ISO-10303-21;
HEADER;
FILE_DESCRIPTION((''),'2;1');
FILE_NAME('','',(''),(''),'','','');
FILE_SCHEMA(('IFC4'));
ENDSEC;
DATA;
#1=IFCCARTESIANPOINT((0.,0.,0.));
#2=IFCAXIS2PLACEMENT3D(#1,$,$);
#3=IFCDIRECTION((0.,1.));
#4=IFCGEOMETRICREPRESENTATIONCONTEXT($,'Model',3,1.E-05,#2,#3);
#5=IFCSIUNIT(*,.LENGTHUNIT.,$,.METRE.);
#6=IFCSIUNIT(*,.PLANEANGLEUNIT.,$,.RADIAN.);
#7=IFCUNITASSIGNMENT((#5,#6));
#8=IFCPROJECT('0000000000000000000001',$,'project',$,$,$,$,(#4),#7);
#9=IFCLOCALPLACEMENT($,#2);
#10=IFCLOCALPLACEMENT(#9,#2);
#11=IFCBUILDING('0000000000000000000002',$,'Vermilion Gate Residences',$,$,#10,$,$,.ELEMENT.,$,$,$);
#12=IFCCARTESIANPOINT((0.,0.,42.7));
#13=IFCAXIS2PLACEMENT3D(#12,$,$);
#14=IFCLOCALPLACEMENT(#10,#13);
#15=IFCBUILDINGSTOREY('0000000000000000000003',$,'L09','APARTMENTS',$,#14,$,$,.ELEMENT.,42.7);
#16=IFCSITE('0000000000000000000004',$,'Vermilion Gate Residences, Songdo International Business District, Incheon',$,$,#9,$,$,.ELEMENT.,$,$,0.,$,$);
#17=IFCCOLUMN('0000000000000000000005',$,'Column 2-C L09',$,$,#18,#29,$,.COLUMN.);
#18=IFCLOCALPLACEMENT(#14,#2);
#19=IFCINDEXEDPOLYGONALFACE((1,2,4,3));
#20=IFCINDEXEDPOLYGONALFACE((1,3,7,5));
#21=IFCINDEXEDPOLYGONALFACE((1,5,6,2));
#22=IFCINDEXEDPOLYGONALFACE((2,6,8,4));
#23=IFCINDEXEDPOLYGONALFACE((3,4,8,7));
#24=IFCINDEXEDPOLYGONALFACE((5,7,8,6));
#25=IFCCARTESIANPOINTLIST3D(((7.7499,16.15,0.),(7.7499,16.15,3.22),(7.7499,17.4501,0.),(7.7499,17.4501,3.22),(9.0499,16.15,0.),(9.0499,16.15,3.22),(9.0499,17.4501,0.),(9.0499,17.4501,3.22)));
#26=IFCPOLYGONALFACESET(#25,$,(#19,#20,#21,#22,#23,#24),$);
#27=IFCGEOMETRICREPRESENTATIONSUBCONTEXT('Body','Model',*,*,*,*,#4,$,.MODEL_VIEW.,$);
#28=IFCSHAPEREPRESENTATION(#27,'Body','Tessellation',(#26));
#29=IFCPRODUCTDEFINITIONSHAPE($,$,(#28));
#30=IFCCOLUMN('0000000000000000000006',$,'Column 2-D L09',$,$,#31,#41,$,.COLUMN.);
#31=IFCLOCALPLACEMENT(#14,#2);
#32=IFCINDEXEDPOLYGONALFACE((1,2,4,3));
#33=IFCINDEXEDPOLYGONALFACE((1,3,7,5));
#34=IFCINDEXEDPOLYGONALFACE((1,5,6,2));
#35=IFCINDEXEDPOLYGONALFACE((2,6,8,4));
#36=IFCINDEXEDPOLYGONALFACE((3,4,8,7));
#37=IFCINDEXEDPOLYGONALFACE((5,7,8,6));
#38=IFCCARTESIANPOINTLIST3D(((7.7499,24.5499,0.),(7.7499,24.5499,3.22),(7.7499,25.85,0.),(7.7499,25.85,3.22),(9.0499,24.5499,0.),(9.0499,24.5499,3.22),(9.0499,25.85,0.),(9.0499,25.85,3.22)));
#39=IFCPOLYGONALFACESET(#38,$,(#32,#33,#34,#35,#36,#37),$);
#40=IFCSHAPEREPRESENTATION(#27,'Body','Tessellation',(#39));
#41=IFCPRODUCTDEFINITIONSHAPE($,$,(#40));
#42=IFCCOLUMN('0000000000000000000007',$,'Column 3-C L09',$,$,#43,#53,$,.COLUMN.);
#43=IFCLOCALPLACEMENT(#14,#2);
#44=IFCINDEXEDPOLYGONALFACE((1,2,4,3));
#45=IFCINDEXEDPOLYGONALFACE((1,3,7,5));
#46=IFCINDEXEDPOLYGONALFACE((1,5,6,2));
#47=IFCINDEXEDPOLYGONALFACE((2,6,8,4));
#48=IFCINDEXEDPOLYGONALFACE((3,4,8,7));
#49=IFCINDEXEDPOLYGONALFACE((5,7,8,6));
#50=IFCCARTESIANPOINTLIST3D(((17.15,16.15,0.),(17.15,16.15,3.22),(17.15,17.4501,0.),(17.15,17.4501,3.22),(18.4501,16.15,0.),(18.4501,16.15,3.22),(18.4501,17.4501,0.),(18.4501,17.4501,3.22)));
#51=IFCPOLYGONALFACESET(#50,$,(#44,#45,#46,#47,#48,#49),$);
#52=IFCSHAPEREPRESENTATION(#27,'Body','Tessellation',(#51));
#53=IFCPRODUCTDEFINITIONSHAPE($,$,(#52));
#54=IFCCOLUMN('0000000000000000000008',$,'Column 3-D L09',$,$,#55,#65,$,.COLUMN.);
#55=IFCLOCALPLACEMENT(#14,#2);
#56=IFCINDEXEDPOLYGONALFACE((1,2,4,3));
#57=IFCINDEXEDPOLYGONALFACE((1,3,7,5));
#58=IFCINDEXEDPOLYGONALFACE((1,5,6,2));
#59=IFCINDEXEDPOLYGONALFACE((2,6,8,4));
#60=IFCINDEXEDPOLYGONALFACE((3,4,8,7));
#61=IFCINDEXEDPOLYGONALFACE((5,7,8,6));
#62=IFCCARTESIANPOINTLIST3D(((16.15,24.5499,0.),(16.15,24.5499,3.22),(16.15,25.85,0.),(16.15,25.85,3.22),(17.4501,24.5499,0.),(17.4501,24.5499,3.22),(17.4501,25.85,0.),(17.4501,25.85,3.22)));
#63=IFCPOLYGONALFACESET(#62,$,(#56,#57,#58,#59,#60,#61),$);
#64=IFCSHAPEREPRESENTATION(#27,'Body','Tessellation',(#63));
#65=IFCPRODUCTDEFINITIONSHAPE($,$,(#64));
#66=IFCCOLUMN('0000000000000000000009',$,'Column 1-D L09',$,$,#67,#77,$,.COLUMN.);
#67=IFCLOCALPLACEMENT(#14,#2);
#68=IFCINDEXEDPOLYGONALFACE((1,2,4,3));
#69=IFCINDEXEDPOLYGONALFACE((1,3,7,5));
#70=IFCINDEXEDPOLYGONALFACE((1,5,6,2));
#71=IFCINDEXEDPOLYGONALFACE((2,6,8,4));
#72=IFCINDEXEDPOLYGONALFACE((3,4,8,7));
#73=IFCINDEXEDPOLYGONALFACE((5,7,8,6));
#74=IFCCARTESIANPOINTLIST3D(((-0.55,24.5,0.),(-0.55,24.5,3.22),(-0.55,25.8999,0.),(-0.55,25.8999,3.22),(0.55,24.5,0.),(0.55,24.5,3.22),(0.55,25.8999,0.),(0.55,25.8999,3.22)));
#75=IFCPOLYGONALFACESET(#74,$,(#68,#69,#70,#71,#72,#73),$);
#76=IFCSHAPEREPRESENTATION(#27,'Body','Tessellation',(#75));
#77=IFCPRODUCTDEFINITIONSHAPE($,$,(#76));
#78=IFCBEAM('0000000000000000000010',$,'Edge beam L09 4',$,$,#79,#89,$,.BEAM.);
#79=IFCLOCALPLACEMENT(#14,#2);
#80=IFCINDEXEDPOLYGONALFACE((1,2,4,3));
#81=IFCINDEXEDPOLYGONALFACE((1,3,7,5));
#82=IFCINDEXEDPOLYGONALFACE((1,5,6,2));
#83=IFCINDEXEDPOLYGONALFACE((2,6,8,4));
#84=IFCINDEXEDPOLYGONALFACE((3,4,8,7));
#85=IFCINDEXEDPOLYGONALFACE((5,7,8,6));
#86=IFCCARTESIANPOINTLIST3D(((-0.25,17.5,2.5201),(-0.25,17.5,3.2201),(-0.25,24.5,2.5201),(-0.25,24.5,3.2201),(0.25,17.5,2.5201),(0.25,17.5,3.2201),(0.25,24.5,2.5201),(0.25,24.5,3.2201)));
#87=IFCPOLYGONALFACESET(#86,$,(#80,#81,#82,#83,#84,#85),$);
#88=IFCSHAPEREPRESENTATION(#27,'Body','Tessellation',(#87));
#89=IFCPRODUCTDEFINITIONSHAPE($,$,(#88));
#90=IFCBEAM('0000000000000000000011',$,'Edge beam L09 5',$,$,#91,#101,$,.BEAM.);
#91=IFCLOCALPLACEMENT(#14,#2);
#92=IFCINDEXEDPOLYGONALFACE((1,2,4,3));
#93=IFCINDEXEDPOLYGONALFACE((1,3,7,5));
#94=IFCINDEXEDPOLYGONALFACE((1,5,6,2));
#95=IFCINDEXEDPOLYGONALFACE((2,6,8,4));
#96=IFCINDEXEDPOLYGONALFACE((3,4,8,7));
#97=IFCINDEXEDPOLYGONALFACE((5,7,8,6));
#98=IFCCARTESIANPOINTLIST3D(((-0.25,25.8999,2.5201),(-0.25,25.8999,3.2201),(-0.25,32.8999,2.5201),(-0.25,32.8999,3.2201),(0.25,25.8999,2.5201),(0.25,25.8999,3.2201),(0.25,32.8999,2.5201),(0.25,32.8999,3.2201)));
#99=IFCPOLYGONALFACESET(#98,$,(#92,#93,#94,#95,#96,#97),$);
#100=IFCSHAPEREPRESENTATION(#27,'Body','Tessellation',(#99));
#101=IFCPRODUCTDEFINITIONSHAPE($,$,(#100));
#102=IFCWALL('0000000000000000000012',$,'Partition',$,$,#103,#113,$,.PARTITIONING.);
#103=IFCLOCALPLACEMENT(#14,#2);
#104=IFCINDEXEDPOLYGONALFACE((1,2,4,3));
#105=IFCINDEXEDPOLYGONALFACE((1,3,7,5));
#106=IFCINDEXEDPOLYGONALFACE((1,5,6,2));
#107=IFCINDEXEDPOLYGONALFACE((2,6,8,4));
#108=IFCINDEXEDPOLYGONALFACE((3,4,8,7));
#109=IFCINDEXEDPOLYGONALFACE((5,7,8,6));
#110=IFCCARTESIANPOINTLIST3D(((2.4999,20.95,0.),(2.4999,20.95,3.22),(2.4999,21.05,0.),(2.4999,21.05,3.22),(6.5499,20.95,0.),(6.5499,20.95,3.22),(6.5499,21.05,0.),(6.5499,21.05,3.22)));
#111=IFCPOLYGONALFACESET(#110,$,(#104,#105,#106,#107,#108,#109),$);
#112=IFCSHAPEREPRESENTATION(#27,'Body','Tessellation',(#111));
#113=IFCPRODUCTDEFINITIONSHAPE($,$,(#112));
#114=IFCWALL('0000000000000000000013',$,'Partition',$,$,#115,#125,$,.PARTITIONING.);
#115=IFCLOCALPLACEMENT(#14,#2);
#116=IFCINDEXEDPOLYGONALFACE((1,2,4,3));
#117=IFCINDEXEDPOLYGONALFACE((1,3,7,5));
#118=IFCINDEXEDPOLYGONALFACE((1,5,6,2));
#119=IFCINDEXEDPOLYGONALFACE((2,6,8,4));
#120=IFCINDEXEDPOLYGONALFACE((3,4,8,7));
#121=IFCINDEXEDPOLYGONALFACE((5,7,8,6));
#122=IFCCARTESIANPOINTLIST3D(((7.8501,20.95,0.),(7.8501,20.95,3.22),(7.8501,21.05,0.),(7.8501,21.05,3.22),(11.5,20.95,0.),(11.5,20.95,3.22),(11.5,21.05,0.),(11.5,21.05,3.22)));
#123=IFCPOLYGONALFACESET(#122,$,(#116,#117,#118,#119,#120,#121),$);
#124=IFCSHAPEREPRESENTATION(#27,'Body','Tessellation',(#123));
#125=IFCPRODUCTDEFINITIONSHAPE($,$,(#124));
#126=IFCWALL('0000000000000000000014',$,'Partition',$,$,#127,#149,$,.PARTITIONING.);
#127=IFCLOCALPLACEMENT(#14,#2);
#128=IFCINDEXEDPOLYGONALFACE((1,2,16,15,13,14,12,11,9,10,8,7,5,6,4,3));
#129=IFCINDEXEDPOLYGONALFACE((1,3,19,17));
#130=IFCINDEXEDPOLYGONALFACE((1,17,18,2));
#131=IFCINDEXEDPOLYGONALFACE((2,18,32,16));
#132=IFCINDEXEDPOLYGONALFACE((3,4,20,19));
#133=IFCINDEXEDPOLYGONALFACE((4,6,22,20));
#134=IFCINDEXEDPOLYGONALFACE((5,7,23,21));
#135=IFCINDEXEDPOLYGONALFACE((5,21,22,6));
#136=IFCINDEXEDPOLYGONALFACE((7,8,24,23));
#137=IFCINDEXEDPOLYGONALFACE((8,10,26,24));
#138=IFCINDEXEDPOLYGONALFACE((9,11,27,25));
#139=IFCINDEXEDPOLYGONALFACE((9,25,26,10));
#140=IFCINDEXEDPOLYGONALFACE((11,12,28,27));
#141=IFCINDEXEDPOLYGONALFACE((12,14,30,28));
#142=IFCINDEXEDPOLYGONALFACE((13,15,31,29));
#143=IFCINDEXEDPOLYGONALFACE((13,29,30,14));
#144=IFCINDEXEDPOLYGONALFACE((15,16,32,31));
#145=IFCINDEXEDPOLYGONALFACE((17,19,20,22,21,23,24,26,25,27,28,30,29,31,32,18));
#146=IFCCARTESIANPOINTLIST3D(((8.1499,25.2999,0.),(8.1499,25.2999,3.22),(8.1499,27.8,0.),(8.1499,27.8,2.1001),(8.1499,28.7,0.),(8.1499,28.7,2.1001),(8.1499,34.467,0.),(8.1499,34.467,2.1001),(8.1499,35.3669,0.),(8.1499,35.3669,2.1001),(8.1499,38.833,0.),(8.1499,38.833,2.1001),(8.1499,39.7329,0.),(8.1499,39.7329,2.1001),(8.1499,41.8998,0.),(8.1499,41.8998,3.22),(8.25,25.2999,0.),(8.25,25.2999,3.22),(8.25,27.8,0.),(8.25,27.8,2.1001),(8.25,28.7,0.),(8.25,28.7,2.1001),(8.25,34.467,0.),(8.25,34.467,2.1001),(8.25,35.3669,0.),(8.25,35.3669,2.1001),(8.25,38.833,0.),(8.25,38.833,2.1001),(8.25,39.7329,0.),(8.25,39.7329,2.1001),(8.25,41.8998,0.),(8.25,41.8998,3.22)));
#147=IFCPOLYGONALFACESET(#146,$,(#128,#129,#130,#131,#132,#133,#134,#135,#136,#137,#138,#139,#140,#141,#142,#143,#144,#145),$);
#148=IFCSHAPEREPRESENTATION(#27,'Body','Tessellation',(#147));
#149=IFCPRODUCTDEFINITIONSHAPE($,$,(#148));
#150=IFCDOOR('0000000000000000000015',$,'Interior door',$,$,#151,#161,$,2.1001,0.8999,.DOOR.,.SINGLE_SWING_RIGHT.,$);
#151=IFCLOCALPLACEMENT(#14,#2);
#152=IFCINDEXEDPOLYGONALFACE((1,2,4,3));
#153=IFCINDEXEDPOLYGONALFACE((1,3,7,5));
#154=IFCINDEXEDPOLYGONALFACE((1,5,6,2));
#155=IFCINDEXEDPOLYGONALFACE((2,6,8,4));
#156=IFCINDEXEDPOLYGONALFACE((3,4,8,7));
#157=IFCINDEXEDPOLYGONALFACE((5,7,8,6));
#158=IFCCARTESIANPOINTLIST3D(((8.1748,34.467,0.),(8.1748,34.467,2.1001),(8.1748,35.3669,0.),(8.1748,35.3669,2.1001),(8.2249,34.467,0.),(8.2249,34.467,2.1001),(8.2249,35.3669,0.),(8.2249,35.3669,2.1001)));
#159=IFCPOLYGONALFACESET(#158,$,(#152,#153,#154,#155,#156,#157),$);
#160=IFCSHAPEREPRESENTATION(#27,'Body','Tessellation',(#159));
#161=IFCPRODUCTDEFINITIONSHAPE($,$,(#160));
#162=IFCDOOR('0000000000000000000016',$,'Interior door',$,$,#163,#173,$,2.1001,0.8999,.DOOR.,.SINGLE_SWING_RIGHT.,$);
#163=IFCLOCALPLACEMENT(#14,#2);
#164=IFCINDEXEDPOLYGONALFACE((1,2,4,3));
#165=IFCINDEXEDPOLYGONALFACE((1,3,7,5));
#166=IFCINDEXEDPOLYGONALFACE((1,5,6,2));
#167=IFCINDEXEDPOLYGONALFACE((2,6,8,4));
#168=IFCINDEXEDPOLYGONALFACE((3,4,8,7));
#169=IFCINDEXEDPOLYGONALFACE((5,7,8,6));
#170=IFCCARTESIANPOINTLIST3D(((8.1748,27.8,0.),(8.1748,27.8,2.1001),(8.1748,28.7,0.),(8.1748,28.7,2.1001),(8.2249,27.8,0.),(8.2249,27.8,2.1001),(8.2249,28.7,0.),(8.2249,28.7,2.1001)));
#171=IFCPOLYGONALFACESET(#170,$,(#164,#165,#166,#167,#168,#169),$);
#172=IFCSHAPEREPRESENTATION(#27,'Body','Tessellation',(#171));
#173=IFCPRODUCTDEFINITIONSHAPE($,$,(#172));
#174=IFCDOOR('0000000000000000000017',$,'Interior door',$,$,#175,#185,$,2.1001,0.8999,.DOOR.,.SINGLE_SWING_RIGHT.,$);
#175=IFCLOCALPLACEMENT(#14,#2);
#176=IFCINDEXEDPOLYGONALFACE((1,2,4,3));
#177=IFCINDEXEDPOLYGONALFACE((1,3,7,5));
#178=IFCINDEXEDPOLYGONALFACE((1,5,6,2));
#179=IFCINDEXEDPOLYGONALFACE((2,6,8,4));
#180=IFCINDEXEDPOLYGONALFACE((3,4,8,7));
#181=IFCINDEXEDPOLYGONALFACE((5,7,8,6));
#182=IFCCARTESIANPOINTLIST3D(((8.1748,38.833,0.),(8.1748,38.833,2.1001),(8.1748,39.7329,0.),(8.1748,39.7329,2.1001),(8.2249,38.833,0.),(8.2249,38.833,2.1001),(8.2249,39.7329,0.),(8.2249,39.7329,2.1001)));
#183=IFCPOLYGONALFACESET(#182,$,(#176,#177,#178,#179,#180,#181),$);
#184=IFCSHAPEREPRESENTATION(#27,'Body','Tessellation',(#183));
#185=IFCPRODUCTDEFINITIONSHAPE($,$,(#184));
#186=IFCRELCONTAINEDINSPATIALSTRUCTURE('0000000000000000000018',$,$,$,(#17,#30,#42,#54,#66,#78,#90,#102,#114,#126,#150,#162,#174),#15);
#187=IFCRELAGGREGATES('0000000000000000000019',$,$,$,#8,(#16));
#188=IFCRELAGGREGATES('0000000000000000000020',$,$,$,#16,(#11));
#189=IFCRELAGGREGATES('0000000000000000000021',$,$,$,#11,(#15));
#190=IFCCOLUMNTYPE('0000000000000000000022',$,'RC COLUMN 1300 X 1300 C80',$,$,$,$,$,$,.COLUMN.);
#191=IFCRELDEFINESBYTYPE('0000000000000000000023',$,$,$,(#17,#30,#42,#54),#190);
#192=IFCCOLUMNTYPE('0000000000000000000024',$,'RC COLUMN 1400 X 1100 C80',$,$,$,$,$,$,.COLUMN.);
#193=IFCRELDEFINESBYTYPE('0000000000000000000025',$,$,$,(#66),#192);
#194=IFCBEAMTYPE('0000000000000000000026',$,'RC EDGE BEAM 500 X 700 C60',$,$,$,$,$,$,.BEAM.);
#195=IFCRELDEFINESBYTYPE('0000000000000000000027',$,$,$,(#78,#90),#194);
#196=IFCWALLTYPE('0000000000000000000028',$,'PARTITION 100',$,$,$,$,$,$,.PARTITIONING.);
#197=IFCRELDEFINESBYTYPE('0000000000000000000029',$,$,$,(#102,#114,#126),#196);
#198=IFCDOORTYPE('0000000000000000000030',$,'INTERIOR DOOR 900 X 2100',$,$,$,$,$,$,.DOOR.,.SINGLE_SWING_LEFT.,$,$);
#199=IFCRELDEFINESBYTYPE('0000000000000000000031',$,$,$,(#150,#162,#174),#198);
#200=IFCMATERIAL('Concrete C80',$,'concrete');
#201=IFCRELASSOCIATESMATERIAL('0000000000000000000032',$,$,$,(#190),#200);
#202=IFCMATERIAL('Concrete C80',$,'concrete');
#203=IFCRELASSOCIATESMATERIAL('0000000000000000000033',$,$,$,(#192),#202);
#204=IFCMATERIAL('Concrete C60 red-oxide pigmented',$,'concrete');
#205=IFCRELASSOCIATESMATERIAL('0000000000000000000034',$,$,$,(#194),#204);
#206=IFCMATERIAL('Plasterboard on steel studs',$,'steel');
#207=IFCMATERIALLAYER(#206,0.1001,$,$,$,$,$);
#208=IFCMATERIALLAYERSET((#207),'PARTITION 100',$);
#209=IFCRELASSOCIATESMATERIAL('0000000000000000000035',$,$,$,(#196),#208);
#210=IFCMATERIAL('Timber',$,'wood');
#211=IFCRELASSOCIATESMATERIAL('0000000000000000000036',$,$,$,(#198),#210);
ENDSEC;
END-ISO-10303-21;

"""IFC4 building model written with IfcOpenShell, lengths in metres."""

from ifc_helpers import new_model, si_unit, direction, frame, frame_2d, origin, origin_2d, place, context, subcontext, project, spatial, rectangle, extrude, material, layer, layer_set, material_profile, profile_set, type_object, element, fill, save


model = new_model("IFC4")

# Units and contexts
model_context = context("Model", 3, precision=1e-05, world=origin(), true_north=direction((0.0, 1.0)))
body_context = subcontext(model_context, "Body", "Model", "MODEL_VIEW")
ifc_project = project(units=[si_unit("LENGTHUNIT", "METRE"), si_unit("PLANEANGLEUNIT", "RADIAN")], contexts=[model_context])

# Site, building, storey
site_placement = place(None, origin())
site = spatial("IfcSite", under=ifc_project, at=site_placement, Name="Vermilion Gate Residences, Songdo International Business District, Incheon", CompositionType="ELEMENT", RefElevation=0.0)
building_placement = place(site_placement, origin())
building = spatial("IfcBuilding", under=site, at=building_placement, Name="Vermilion Gate Residences", CompositionType="ELEMENT")
storey_placement = place(building_placement, frame((0.0, 0.0, 42.7)))
storey = spatial("IfcBuildingStorey", under=building, at=storey_placement, Name="L09", Description="APARTMENTS", CompositionType="ELEMENT", Elevation=42.7)

# Columns
ifc_material_1 = material(Name="Concrete C80", Category="concrete")
ifc_material_profile_1 = material_profile(ifc_material_1, rectangle(XDim=1.3, YDim=1.3, at=origin_2d()), Name="RC-1300x1300")
ifc_profile_set_1 = profile_set([ifc_material_profile_1], Name="Concrete C80")
column_type_1 = type_object("IfcColumnType", Name="RC COLUMN 1300 X 1300 C80", PredefinedType="COLUMN", material=ifc_profile_set_1)
for number, where, z_axis, x_axis, name in (
    (1, (8.3999, 16.8, 0.0), (0.0, 0.0, 1.0), (1.0, 0.0, 0.0), "Column 2-C L09"),
    (2, (8.3999, 25.2, 0.0), (0.0, 0.0, 1.0), (1.0, 0.0, 0.0), "Column 2-D L09"),
    (3, (17.8, 16.8, 0.0), (0.0, 0.0, 1.0), (1.0, 0.0, 0.0), "Column 3-C L09"),
    (4, (16.8, 25.2, 0.0), (0.0, 0.0, 1.0), (1.0, 0.0, 0.0), "Column 3-D L09"),
):
    element("IfcColumn", number, at=place(storey_placement, frame(where, z_axis=z_axis, x_axis=x_axis)), inside=storey, type_object=column_type_1, Name=name, PredefinedType="COLUMN", context=body_context, shape_type="SweptSolid", body=[
        extrude(rectangle(XDim=1.3, YDim=1.3, at=origin_2d()), origin(), (0.0, 0.0, 1.0), 3.22),
    ])
ifc_material_2 = material(Name="Concrete C80", Category="concrete")
ifc_material_profile_2 = material_profile(ifc_material_2, rectangle(XDim=1.3999, YDim=1.1001, at=origin_2d()), Name="RC-1400x1100")
ifc_profile_set_2 = profile_set([ifc_material_profile_2], Name="Concrete C80")
column_type_2 = type_object("IfcColumnType", Name="RC COLUMN 1400 X 1100 C80", PredefinedType="COLUMN", material=ifc_profile_set_2)
column_placement = place(storey_placement, frame((0.0, 25.2, 0.0), z_axis=(0.0, 0.0, 1.0), x_axis=(0.0, 1.0, 0.0)))
element("IfcColumn", 5, at=column_placement, inside=storey, type_object=column_type_2, Name="Column 1-D L09", PredefinedType="COLUMN", context=body_context, shape_type="SweptSolid", body=[
    extrude(rectangle(XDim=1.3999, YDim=1.1001, at=origin_2d()), origin(), (0.0, 0.0, 1.0), 3.22),
])

# Beams
ifc_material_3 = material(Name="Concrete C60 red-oxide pigmented", Category="concrete")
ifc_material_profile_3 = material_profile(ifc_material_3, rectangle(XDim=0.5, YDim=0.7, at=origin_2d()), Name="RC-500x700")
ifc_profile_set_3 = profile_set([ifc_material_profile_3], Name="Concrete C60 red-oxide pigmented")
beam_type = type_object("IfcBeamType", Name="RC EDGE BEAM 500 X 700 C60", PredefinedType="BEAM", material=ifc_profile_set_3)
for number, where, z_axis, x_axis, name in (
    (6, (0.0, 17.5, 2.8701), (0.0, 1.0, 0.0), (-1.0, 0.0, 0.0), "Edge beam L09 4"),
    (7, (0.0, 25.8999, 2.8701), (0.0, 1.0, 0.0), (-1.0, 0.0, 0.0), "Edge beam L09 5"),
):
    element("IfcBeam", number, at=place(storey_placement, frame(where, z_axis=z_axis, x_axis=x_axis)), inside=storey, type_object=beam_type, Name=name, PredefinedType="BEAM", context=body_context, shape_type="SweptSolid", body=[
        extrude(rectangle(XDim=0.5, YDim=0.7, at=origin_2d()), origin(), (0.0, 0.0, 1.0), 7.0),
    ])

# Walls
ifc_material_4 = material(Name="Plasterboard on steel studs", Category="steel")
ifc_layer_1 = layer(ifc_material_4, 0.1001)
ifc_layer_set_1 = layer_set([ifc_layer_1], Name="PARTITION 100")
wall_type_1 = type_object("IfcWallType", Name="PARTITION 100", PredefinedType="PARTITIONING", material=ifc_layer_set_1)
wall_1_placement = place(storey_placement, frame((2.5, 21.0, 0.0), z_axis=(0.0, 0.0, 1.0), x_axis=(1.0, 0.0, 0.0)))
element("IfcWall", 8, at=wall_1_placement, inside=storey, type_object=wall_type_1, Name="Partition", PredefinedType="PARTITIONING", context=body_context, shape_type="SweptSolid", body=[
    extrude(rectangle(XDim=4.05, YDim=0.1001, at=frame_2d((2.0249, 0.0))), origin(), (0.0, 0.0, 1.0), 3.22),
])
wall_2_placement = place(storey_placement, frame((7.8501, 21.0, 0.0), z_axis=(0.0, 0.0, 1.0), x_axis=(1.0, 0.0, 0.0)))
element("IfcWall", 9, at=wall_2_placement, inside=storey, type_object=wall_type_1, Name="Partition", PredefinedType="PARTITIONING", context=body_context, shape_type="SweptSolid", body=[
    extrude(rectangle(XDim=3.6499, YDim=0.1001, at=frame_2d((1.825, 0.0))), origin(), (0.0, 0.0, 1.0), 3.22),
])

# Wall, openings, doors
wall_3_placement = place(storey_placement, frame((8.2, 25.3, 0.0), z_axis=(0.0, 0.0, 1.0), x_axis=(0.0, 1.0, 0.0)))
wall_3 = element("IfcWall", 10, at=wall_3_placement, inside=storey, type_object=wall_type_1, Name="Partition", PredefinedType="PARTITIONING", context=body_context, shape_type="SweptSolid", body=[
    extrude(rectangle(XDim=16.5999, YDim=0.1001, at=frame_2d((8.2998, 0.0))), origin(), (0.0, 0.0, 1.0), 3.22),
])
opening_1_placement = place(wall_3_placement, frame((9.167, 0.0, 0.0)))
opening_1 = element("IfcOpeningElement", 11, at=opening_1_placement, cuts=wall_3, PredefinedType="OPENING", context=body_context, shape_type="SweptSolid", body=[
    extrude(rectangle(XDim=0.8999, YDim=2.1001, at=frame_2d((0.45, 1.05))), frame((0.0, 0.0601, 0.0), z_axis=(0.0, -1.0, 0.0), x_axis=(1.0, 0.0, 0.0)), (0.0, 0.0, 1.0), 0.1201),
])
opening_2_placement = place(wall_3_placement, frame((2.5, 0.0, 0.0)))
opening_2 = element("IfcOpeningElement", 12, at=opening_2_placement, cuts=wall_3, PredefinedType="OPENING", context=body_context, shape_type="SweptSolid", body=[
    extrude(rectangle(XDim=0.8999, YDim=2.1001, at=frame_2d((0.45, 1.05))), frame((0.0, 0.0601, 0.0), z_axis=(0.0, -1.0, 0.0), x_axis=(1.0, 0.0, 0.0)), (0.0, 0.0, 1.0), 0.1201),
])
opening_3_placement = place(wall_3_placement, frame((13.533, 0.0, 0.0)))
opening_3 = element("IfcOpeningElement", 13, at=opening_3_placement, cuts=wall_3, PredefinedType="OPENING", context=body_context, shape_type="SweptSolid", body=[
    extrude(rectangle(XDim=0.8999, YDim=2.1001, at=frame_2d((0.45, 1.05))), frame((0.0, 0.0601, 0.0), z_axis=(0.0, -1.0, 0.0), x_axis=(1.0, 0.0, 0.0)), (0.0, 0.0, 1.0), 0.1201),
])
ifc_material_5 = material(Name="Timber", Category="wood")
door_type_1 = type_object("IfcDoorType", Name="INTERIOR DOOR 900 X 2100", OperationType="SINGLE_SWING_LEFT", PredefinedType="DOOR", material=ifc_material_5)
door_1_placement = place(opening_1_placement, frame((0.8999, 0.0, 0.0), z_axis=(0.0, 0.0, 1.0), x_axis=(-1.0, 0.0, 0.0)))
door_1 = element("IfcDoor", 14, at=door_1_placement, inside=storey, type_object=door_type_1, Name="Interior door", OperationType="SINGLE_SWING_RIGHT", OverallHeight=2.1001, OverallWidth=0.8999, PredefinedType="DOOR", context=body_context, shape_type="SweptSolid", body=[
    extrude(rectangle(XDim=0.8999, YDim=2.1001, at=frame_2d((0.45, 1.05))), frame((0.0, 0.0249, 0.0), z_axis=(0.0, -1.0, 0.0), x_axis=(1.0, 0.0, 0.0)), (0.0, 0.0, 1.0), 0.05),
])
fill(opening_1, door_1)
door_2_placement = place(opening_2_placement, frame((0.8999, 0.0, 0.0), z_axis=(0.0, 0.0, 1.0), x_axis=(-1.0, 0.0, 0.0)))
door_2 = element("IfcDoor", 15, at=door_2_placement, inside=storey, type_object=door_type_1, Name="Interior door", OperationType="SINGLE_SWING_RIGHT", OverallHeight=2.1001, OverallWidth=0.8999, PredefinedType="DOOR", context=body_context, shape_type="SweptSolid", body=[
    extrude(rectangle(XDim=0.8999, YDim=2.1001, at=frame_2d((0.45, 1.05))), frame((0.0, 0.0249, 0.0), z_axis=(0.0, -1.0, 0.0), x_axis=(1.0, 0.0, 0.0)), (0.0, 0.0, 1.0), 0.05),
])
fill(opening_2, door_2)
door_3_placement = place(opening_3_placement, frame((0.8999, 0.0, 0.0), z_axis=(0.0, 0.0, 1.0), x_axis=(-1.0, 0.0, 0.0)))
door_3 = element("IfcDoor", 16, at=door_3_placement, inside=storey, type_object=door_type_1, Name="Interior door", OperationType="SINGLE_SWING_RIGHT", OverallHeight=2.1001, OverallWidth=0.8999, PredefinedType="DOOR", context=body_context, shape_type="SweptSolid", body=[
    extrude(rectangle(XDim=0.8999, YDim=2.1001, at=frame_2d((0.45, 1.05))), frame((0.0, 0.0249, 0.0), z_axis=(0.0, -1.0, 0.0), x_axis=(1.0, 0.0, 0.0)), (0.0, 0.0, 1.0), 0.05),
])
fill(opening_3, door_3)

save(model, "model.ifc")
